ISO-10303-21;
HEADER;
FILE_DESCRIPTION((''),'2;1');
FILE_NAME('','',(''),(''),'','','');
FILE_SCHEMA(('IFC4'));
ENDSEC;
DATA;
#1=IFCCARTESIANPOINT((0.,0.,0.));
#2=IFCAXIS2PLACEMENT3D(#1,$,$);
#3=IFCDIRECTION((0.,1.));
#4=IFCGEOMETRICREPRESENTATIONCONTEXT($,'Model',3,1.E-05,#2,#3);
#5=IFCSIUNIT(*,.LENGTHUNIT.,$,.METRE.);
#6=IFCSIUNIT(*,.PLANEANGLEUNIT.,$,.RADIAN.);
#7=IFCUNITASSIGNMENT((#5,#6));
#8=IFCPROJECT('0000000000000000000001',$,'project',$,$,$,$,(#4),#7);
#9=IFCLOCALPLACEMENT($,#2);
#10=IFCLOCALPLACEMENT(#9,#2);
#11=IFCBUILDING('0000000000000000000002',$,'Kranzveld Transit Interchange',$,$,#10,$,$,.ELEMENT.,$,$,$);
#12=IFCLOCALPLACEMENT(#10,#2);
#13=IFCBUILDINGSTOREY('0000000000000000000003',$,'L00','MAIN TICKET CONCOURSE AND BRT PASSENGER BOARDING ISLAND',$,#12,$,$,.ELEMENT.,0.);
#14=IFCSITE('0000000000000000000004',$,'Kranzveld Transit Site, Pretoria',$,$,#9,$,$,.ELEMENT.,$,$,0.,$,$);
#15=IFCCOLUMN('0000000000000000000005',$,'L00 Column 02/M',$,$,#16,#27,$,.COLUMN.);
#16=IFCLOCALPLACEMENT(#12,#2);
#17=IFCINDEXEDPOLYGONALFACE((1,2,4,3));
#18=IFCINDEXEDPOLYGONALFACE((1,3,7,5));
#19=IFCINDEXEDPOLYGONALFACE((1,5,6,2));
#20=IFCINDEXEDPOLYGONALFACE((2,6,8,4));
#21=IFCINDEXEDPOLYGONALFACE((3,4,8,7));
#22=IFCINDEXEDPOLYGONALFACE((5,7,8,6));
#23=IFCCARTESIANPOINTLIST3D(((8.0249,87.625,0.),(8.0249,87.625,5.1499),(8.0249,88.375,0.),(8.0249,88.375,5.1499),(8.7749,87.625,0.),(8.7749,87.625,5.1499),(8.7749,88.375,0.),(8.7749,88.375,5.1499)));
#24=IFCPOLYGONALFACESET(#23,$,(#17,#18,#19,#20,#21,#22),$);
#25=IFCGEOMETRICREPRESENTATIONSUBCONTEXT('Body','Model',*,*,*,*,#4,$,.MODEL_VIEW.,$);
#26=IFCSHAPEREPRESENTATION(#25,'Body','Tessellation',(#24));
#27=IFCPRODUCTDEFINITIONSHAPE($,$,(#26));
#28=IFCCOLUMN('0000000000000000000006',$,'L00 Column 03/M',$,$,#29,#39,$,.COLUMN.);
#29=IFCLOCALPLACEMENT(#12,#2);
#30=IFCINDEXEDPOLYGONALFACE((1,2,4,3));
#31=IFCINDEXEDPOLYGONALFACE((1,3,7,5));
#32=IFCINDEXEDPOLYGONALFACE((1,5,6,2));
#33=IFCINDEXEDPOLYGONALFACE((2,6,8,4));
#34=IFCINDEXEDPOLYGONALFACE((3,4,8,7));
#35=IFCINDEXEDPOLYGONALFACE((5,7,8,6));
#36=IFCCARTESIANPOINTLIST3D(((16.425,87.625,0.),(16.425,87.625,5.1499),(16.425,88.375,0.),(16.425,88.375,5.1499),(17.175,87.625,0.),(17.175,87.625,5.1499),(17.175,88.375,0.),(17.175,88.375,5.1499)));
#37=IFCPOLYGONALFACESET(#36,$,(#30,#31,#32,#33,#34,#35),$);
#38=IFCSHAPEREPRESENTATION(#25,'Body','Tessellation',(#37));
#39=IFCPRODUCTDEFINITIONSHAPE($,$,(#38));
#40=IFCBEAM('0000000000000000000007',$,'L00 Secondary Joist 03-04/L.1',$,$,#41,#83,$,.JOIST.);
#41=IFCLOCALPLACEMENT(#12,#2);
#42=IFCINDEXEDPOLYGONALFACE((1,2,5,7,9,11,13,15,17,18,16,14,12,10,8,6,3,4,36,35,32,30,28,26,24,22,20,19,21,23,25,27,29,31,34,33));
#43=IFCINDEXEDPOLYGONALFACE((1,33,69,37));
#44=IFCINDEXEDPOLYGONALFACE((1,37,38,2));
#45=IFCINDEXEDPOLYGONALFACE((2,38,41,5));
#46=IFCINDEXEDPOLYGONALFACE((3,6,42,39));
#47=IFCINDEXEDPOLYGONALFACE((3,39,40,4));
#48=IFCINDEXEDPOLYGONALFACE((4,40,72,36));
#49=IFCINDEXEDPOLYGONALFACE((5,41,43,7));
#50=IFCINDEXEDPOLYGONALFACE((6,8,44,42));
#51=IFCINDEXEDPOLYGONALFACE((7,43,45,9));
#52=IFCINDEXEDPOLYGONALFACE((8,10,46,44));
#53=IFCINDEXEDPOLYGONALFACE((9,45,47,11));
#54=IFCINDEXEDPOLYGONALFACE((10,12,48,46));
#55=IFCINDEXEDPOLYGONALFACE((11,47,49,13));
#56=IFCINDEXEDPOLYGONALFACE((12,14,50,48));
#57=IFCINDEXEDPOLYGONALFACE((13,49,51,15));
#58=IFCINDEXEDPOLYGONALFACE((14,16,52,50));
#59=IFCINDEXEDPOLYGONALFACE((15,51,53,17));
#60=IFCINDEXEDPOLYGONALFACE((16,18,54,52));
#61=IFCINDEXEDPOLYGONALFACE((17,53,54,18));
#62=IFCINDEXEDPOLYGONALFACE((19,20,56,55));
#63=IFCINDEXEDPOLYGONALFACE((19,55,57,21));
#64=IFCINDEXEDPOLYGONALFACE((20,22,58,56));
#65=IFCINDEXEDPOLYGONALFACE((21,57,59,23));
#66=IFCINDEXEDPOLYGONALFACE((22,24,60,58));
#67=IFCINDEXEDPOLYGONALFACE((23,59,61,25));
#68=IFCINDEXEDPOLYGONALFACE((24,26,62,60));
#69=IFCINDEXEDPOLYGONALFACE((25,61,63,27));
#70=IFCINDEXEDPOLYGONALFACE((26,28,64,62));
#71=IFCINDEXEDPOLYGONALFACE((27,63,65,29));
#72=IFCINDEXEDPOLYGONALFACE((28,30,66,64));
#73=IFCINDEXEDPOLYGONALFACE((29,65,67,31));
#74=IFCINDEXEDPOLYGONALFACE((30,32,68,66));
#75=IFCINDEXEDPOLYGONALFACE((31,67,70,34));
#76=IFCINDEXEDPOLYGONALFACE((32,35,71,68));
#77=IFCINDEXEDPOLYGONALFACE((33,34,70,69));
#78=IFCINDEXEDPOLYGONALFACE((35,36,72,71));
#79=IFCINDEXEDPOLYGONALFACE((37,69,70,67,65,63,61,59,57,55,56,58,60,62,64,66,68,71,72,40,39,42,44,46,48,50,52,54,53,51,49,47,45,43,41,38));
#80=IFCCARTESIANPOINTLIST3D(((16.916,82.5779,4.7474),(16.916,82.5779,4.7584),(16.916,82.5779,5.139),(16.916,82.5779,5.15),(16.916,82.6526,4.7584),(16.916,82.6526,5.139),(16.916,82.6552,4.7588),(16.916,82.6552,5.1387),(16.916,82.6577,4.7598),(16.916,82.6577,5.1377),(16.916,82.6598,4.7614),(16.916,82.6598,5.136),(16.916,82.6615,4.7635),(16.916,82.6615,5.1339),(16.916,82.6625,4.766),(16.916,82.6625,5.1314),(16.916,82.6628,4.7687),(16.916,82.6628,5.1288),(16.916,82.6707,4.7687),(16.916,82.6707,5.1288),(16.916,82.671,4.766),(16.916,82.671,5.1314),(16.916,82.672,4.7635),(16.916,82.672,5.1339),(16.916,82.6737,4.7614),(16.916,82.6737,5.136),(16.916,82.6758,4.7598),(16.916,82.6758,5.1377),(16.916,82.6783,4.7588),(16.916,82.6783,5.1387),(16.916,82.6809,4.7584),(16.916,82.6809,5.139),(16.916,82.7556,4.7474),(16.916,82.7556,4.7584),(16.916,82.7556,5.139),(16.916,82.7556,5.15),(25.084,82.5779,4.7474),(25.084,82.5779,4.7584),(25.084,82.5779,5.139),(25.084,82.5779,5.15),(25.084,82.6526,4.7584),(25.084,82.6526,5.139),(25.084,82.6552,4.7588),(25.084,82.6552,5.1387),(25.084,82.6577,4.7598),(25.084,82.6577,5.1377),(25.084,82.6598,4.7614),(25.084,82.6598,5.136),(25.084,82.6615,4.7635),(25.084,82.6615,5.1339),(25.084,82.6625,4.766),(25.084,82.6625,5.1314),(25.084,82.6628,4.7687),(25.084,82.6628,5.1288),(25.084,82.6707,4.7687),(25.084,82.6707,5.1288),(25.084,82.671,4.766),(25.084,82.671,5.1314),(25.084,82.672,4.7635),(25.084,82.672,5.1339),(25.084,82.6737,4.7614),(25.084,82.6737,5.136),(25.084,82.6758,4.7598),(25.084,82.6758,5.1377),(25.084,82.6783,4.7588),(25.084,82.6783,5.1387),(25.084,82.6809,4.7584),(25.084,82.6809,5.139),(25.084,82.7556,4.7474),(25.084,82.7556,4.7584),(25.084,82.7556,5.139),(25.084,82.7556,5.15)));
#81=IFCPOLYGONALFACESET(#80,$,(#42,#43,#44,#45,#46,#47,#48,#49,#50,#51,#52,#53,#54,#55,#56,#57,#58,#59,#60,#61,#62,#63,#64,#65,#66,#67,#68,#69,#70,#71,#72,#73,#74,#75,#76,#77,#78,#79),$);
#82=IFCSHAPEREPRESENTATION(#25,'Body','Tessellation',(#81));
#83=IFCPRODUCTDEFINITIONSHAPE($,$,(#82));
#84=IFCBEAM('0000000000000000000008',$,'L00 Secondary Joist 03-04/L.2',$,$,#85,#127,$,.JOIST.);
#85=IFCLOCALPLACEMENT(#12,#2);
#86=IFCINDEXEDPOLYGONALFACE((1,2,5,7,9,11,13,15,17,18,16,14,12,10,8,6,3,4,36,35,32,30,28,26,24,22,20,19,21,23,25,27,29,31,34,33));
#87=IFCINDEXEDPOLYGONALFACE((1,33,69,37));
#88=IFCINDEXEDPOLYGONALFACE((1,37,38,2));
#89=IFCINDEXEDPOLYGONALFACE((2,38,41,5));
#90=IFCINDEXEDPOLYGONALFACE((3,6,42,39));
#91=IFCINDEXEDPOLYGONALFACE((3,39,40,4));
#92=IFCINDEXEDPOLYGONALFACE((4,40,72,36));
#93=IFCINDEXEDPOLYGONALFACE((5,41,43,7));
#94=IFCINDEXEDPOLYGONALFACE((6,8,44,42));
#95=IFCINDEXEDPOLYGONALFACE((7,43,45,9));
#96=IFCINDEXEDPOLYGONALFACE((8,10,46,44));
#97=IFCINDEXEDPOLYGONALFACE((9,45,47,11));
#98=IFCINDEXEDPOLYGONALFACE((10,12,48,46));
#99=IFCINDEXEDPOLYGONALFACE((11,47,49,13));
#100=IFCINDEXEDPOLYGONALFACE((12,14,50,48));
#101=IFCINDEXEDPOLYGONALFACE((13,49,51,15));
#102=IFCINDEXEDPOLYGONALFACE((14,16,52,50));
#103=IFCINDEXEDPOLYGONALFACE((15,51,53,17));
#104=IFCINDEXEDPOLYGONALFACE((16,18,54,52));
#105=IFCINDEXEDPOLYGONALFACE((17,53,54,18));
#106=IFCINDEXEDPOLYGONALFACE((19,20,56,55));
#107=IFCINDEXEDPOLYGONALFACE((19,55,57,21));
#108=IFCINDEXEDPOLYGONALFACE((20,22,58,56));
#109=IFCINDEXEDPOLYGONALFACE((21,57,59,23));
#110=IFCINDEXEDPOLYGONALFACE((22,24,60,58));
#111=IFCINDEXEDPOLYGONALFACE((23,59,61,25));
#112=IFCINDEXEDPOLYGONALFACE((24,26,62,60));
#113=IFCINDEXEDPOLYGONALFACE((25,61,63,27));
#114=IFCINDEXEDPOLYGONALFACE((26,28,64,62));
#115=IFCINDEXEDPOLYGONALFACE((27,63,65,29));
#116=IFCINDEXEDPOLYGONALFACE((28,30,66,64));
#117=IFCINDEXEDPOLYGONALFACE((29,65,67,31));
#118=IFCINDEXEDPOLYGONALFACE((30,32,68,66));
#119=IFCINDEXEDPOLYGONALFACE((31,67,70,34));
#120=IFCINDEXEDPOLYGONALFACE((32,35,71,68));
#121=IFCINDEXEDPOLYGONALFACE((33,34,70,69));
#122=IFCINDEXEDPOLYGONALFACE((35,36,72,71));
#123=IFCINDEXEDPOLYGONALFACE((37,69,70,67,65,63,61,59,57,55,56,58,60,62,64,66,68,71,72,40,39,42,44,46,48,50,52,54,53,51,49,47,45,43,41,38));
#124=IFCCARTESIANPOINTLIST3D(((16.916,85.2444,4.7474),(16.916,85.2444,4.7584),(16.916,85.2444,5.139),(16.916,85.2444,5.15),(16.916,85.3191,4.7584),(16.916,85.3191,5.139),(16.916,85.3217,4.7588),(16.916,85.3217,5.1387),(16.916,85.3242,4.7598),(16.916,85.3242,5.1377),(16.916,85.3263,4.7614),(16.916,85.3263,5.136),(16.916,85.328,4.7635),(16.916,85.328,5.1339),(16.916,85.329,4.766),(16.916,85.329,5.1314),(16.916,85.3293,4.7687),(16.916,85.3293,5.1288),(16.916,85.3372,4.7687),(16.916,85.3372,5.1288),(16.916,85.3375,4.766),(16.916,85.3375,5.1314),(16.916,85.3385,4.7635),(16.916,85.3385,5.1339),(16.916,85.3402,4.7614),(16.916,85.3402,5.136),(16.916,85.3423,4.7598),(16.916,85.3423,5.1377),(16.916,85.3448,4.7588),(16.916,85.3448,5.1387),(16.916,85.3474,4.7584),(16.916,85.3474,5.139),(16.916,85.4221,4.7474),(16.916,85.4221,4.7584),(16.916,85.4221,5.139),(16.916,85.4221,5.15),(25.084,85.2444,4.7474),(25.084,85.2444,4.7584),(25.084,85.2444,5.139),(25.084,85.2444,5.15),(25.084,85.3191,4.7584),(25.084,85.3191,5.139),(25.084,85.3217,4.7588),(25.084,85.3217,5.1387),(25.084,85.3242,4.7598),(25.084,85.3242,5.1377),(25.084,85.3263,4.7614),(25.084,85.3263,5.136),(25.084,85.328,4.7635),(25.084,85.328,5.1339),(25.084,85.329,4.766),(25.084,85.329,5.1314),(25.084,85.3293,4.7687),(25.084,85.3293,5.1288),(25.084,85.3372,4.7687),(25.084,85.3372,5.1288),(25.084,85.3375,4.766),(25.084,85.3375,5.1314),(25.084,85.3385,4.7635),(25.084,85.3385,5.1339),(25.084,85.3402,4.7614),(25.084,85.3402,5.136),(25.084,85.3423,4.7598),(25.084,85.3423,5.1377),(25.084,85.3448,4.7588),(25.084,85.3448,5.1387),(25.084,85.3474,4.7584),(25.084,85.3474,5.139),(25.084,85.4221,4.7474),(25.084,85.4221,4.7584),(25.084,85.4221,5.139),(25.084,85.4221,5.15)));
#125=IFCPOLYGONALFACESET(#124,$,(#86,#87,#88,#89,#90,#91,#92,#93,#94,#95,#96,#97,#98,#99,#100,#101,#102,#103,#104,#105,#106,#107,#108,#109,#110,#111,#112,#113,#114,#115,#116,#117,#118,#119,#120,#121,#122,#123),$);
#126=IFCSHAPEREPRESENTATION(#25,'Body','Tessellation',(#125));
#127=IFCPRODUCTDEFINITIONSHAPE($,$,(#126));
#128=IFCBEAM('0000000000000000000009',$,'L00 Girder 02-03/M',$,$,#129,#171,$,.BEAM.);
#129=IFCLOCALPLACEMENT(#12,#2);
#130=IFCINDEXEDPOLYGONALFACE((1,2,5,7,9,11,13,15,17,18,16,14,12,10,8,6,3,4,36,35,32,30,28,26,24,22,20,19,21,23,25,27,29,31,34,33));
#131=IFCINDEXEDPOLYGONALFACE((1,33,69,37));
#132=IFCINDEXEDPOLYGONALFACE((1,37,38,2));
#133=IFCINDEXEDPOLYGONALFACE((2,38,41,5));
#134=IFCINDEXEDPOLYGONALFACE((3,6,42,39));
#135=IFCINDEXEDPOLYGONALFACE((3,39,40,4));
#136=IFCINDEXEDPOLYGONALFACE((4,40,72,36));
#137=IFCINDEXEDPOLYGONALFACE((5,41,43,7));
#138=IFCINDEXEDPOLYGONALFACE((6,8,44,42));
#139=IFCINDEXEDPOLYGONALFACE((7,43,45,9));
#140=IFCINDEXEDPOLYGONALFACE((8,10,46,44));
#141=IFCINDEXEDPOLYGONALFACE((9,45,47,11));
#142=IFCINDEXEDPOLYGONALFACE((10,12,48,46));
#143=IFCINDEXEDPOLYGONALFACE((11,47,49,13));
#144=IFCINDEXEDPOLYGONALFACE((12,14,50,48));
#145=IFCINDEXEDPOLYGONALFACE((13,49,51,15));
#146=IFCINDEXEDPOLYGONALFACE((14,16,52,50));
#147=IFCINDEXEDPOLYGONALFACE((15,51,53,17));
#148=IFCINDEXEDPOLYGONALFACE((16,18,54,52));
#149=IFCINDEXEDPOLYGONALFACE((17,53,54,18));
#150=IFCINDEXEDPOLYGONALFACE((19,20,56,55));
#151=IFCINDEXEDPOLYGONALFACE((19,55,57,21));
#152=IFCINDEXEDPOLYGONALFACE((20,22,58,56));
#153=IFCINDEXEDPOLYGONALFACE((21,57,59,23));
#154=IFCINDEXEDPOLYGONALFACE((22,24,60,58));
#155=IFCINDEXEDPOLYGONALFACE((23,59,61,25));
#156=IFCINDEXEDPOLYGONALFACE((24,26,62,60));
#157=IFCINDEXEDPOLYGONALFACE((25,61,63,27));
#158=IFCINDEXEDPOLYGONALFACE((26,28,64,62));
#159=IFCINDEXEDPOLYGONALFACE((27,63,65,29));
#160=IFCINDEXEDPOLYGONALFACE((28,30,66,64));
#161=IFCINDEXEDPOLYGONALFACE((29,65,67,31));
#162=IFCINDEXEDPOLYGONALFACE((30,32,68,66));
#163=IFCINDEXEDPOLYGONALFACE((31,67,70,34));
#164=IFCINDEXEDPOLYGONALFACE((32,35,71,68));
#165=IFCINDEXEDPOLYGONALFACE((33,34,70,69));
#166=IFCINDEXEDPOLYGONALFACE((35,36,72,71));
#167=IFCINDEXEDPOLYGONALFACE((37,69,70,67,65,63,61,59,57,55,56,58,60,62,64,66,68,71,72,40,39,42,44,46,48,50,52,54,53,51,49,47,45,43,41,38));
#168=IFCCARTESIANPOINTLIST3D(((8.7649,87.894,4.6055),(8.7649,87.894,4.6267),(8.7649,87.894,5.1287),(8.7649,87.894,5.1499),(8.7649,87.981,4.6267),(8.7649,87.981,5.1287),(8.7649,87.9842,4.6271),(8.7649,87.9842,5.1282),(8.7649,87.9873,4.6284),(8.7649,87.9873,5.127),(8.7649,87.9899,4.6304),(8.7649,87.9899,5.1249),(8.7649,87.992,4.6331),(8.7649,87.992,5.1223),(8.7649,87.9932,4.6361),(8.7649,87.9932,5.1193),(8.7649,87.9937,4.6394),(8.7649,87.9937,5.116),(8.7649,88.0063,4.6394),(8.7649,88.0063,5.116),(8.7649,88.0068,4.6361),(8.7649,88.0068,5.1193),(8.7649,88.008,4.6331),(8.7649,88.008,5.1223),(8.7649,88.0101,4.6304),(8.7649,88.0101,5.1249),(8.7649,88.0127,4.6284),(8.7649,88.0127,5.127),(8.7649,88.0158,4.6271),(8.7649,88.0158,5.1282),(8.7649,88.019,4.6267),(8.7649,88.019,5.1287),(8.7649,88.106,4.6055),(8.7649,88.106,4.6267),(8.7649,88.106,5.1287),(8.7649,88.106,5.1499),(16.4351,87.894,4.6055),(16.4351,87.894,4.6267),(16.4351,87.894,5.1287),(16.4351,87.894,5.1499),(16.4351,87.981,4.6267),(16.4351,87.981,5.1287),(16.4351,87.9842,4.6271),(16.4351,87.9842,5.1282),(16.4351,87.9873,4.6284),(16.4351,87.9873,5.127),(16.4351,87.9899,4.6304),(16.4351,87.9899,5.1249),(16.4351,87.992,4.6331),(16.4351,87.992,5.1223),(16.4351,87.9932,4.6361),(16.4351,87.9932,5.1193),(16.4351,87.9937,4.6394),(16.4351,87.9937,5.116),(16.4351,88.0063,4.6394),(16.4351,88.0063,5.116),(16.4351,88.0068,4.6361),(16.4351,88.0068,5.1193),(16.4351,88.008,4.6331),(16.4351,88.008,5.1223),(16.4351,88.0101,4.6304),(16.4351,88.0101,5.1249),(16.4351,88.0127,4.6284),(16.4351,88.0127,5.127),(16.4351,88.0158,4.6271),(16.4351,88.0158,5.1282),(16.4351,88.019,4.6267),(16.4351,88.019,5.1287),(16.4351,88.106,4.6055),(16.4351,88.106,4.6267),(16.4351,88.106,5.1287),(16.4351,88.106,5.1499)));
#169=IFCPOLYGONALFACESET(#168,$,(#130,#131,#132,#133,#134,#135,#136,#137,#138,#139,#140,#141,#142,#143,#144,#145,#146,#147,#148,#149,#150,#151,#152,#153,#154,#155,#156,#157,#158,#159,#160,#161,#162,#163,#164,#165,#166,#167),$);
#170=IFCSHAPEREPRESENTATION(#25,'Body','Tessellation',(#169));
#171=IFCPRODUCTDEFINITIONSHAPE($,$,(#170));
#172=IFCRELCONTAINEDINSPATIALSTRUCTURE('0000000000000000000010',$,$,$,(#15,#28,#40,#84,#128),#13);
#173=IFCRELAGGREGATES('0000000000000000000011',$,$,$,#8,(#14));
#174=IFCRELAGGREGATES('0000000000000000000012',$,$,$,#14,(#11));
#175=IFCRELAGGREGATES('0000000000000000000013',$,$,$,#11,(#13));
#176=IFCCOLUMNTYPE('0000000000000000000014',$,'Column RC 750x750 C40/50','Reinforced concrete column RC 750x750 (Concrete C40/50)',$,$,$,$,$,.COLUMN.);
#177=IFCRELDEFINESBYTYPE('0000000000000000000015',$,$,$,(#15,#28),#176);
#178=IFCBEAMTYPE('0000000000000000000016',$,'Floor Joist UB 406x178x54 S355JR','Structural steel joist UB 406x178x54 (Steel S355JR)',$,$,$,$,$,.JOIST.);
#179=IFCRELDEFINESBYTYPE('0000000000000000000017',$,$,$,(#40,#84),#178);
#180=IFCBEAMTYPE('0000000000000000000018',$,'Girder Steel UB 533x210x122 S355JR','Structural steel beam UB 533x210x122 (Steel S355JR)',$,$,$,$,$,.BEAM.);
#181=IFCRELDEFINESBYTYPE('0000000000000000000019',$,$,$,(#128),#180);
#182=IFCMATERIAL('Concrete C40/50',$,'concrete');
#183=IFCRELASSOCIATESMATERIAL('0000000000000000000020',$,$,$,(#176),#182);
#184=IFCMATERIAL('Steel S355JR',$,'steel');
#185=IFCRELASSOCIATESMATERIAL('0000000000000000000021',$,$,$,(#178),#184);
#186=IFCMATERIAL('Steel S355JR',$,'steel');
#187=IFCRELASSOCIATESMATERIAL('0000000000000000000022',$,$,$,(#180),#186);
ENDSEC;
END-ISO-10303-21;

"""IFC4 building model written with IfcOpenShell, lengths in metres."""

from ifc_helpers import new_model, si_unit, direction, frame, origin, origin_2d, place, context, subcontext, project, spatial, rectangle, i_section, extrude, material, material_profile, profile_set, type_object, element, save


model = new_model("IFC4")

# Units and contexts
model_context = context("Model", 3, precision=1e-05, world=origin(), true_north=direction((0.0, 1.0)))
body_context = subcontext(model_context, "Body", "Model", "MODEL_VIEW")
ifc_project = project(units=[si_unit("LENGTHUNIT", "METRE"), si_unit("PLANEANGLEUNIT", "RADIAN")], contexts=[model_context])

# Site, building, storey
site_placement = place(None, origin())
site = spatial("IfcSite", under=ifc_project, at=site_placement, Name="Kranzveld Transit Site, Pretoria", CompositionType="ELEMENT", RefElevation=0.0)
building_placement = place(site_placement, origin())
building = spatial("IfcBuilding", under=site, at=building_placement, Name="Kranzveld Transit Interchange", CompositionType="ELEMENT")
storey_placement = place(building_placement, origin())
storey = spatial("IfcBuildingStorey", under=building, at=storey_placement, Name="L00", Description="MAIN TICKET CONCOURSE AND BRT PASSENGER BOARDING ISLAND", CompositionType="ELEMENT", Elevation=0.0)

# Columns
ifc_material_1 = material(Name="Concrete C40/50", Category="concrete")
ifc_material_profile_1 = material_profile(ifc_material_1, rectangle(XDim=0.75, YDim=0.75, at=origin_2d()), Name="RC 750x750")
ifc_profile_set_1 = profile_set([ifc_material_profile_1], Name="Concrete C40/50")
column_type = type_object("IfcColumnType", Name="Column RC 750x750 C40/50", Description="Reinforced concrete column RC 750x750 (Concrete C40/50)", PredefinedType="COLUMN", material=ifc_profile_set_1)
for number, where, z_axis, x_axis, name in (
    (1, (8.3999, 88.0, 0.0), (0.0, 0.0, 1.0), (1.0, 0.0, 0.0), "L00 Column 02/M"),
    (2, (16.8, 88.0, 0.0), (0.0, 0.0, 1.0), (1.0, 0.0, 0.0), "L00 Column 03/M"),
):
    element("IfcColumn", number, at=place(storey_placement, frame(where, z_axis=z_axis, x_axis=x_axis)), inside=storey, type_object=column_type, Name=name, PredefinedType="COLUMN", context=body_context, shape_type="SweptSolid", body=[
        extrude(rectangle(XDim=0.75, YDim=0.75, at=origin_2d()), origin(), (0.0, 0.0, 1.0), 5.1499),
    ])

# Beams
ifc_material_2 = material(Name="Steel S355JR", Category="steel")
ifc_material_profile_2 = material_profile(ifc_material_2, i_section(OverallWidth=0.1777, OverallDepth=0.4026, WebThickness=0.0078, FlangeThickness=0.011, FilletRadius=0.0103, at=origin_2d()), Name="UB 406x178x54")
ifc_profile_set_2 = profile_set([ifc_material_profile_2], Name="Steel S355JR")
beam_type_1 = type_object("IfcBeamType", Name="Floor Joist UB 406x178x54 S355JR", Description="Structural steel joist UB 406x178x54 (Steel S355JR)", PredefinedType="JOIST", material=ifc_profile_set_2)
for number, where, z_axis, x_axis, name in (
    (3, (16.916, 82.6667, 4.9487), (1.0, 0.0, 0.0), (0.0, 1.0, 0.0), "L00 Secondary Joist 03-04/L.1"),
    (4, (16.916, 85.3333, 4.9487), (1.0, 0.0, 0.0), (0.0, 1.0, 0.0), "L00 Secondary Joist 03-04/L.2"),
):
    element("IfcBeam", number, at=place(storey_placement, frame(where, z_axis=z_axis, x_axis=x_axis)), inside=storey, type_object=beam_type_1, Name=name, PredefinedType="JOIST", context=body_context, shape_type="SweptSolid", body=[
        extrude(i_section(OverallWidth=0.1777, OverallDepth=0.4026, WebThickness=0.0078, FlangeThickness=0.011, FilletRadius=0.0103, at=origin_2d()), origin(), (0.0, 0.0, 1.0), 8.168),
    ])
ifc_material_3 = material(Name="Steel S355JR", Category="steel")
ifc_material_profile_3 = material_profile(ifc_material_3, i_section(OverallWidth=0.2119, OverallDepth=0.5444, WebThickness=0.0127, FlangeThickness=0.0212, FilletRadius=0.0127, at=origin_2d()), Name="UB 533x210x122")
ifc_profile_set_3 = profile_set([ifc_material_profile_3], Name="Steel S355JR")
beam_type_2 = type_object("IfcBeamType", Name="Girder Steel UB 533x210x122 S355JR", Description="Structural steel beam UB 533x210x122 (Steel S355JR)", PredefinedType="BEAM", material=ifc_profile_set_3)
beam_1_placement = place(storey_placement, frame((8.7649, 88.0, 4.8777), z_axis=(1.0, 0.0, 0.0), x_axis=(0.0, 1.0, 0.0)))
element("IfcBeam", 5, at=beam_1_placement, inside=storey, type_object=beam_type_2, Name="L00 Girder 02-03/M", PredefinedType="BEAM", context=body_context, shape_type="SweptSolid", body=[
    extrude(i_section(OverallWidth=0.2119, OverallDepth=0.5444, WebThickness=0.0127, FlangeThickness=0.0212, FilletRadius=0.0127, at=origin_2d()), origin(), (0.0, 0.0, 1.0), 7.6702),
])

save(model, "model.ifc")
